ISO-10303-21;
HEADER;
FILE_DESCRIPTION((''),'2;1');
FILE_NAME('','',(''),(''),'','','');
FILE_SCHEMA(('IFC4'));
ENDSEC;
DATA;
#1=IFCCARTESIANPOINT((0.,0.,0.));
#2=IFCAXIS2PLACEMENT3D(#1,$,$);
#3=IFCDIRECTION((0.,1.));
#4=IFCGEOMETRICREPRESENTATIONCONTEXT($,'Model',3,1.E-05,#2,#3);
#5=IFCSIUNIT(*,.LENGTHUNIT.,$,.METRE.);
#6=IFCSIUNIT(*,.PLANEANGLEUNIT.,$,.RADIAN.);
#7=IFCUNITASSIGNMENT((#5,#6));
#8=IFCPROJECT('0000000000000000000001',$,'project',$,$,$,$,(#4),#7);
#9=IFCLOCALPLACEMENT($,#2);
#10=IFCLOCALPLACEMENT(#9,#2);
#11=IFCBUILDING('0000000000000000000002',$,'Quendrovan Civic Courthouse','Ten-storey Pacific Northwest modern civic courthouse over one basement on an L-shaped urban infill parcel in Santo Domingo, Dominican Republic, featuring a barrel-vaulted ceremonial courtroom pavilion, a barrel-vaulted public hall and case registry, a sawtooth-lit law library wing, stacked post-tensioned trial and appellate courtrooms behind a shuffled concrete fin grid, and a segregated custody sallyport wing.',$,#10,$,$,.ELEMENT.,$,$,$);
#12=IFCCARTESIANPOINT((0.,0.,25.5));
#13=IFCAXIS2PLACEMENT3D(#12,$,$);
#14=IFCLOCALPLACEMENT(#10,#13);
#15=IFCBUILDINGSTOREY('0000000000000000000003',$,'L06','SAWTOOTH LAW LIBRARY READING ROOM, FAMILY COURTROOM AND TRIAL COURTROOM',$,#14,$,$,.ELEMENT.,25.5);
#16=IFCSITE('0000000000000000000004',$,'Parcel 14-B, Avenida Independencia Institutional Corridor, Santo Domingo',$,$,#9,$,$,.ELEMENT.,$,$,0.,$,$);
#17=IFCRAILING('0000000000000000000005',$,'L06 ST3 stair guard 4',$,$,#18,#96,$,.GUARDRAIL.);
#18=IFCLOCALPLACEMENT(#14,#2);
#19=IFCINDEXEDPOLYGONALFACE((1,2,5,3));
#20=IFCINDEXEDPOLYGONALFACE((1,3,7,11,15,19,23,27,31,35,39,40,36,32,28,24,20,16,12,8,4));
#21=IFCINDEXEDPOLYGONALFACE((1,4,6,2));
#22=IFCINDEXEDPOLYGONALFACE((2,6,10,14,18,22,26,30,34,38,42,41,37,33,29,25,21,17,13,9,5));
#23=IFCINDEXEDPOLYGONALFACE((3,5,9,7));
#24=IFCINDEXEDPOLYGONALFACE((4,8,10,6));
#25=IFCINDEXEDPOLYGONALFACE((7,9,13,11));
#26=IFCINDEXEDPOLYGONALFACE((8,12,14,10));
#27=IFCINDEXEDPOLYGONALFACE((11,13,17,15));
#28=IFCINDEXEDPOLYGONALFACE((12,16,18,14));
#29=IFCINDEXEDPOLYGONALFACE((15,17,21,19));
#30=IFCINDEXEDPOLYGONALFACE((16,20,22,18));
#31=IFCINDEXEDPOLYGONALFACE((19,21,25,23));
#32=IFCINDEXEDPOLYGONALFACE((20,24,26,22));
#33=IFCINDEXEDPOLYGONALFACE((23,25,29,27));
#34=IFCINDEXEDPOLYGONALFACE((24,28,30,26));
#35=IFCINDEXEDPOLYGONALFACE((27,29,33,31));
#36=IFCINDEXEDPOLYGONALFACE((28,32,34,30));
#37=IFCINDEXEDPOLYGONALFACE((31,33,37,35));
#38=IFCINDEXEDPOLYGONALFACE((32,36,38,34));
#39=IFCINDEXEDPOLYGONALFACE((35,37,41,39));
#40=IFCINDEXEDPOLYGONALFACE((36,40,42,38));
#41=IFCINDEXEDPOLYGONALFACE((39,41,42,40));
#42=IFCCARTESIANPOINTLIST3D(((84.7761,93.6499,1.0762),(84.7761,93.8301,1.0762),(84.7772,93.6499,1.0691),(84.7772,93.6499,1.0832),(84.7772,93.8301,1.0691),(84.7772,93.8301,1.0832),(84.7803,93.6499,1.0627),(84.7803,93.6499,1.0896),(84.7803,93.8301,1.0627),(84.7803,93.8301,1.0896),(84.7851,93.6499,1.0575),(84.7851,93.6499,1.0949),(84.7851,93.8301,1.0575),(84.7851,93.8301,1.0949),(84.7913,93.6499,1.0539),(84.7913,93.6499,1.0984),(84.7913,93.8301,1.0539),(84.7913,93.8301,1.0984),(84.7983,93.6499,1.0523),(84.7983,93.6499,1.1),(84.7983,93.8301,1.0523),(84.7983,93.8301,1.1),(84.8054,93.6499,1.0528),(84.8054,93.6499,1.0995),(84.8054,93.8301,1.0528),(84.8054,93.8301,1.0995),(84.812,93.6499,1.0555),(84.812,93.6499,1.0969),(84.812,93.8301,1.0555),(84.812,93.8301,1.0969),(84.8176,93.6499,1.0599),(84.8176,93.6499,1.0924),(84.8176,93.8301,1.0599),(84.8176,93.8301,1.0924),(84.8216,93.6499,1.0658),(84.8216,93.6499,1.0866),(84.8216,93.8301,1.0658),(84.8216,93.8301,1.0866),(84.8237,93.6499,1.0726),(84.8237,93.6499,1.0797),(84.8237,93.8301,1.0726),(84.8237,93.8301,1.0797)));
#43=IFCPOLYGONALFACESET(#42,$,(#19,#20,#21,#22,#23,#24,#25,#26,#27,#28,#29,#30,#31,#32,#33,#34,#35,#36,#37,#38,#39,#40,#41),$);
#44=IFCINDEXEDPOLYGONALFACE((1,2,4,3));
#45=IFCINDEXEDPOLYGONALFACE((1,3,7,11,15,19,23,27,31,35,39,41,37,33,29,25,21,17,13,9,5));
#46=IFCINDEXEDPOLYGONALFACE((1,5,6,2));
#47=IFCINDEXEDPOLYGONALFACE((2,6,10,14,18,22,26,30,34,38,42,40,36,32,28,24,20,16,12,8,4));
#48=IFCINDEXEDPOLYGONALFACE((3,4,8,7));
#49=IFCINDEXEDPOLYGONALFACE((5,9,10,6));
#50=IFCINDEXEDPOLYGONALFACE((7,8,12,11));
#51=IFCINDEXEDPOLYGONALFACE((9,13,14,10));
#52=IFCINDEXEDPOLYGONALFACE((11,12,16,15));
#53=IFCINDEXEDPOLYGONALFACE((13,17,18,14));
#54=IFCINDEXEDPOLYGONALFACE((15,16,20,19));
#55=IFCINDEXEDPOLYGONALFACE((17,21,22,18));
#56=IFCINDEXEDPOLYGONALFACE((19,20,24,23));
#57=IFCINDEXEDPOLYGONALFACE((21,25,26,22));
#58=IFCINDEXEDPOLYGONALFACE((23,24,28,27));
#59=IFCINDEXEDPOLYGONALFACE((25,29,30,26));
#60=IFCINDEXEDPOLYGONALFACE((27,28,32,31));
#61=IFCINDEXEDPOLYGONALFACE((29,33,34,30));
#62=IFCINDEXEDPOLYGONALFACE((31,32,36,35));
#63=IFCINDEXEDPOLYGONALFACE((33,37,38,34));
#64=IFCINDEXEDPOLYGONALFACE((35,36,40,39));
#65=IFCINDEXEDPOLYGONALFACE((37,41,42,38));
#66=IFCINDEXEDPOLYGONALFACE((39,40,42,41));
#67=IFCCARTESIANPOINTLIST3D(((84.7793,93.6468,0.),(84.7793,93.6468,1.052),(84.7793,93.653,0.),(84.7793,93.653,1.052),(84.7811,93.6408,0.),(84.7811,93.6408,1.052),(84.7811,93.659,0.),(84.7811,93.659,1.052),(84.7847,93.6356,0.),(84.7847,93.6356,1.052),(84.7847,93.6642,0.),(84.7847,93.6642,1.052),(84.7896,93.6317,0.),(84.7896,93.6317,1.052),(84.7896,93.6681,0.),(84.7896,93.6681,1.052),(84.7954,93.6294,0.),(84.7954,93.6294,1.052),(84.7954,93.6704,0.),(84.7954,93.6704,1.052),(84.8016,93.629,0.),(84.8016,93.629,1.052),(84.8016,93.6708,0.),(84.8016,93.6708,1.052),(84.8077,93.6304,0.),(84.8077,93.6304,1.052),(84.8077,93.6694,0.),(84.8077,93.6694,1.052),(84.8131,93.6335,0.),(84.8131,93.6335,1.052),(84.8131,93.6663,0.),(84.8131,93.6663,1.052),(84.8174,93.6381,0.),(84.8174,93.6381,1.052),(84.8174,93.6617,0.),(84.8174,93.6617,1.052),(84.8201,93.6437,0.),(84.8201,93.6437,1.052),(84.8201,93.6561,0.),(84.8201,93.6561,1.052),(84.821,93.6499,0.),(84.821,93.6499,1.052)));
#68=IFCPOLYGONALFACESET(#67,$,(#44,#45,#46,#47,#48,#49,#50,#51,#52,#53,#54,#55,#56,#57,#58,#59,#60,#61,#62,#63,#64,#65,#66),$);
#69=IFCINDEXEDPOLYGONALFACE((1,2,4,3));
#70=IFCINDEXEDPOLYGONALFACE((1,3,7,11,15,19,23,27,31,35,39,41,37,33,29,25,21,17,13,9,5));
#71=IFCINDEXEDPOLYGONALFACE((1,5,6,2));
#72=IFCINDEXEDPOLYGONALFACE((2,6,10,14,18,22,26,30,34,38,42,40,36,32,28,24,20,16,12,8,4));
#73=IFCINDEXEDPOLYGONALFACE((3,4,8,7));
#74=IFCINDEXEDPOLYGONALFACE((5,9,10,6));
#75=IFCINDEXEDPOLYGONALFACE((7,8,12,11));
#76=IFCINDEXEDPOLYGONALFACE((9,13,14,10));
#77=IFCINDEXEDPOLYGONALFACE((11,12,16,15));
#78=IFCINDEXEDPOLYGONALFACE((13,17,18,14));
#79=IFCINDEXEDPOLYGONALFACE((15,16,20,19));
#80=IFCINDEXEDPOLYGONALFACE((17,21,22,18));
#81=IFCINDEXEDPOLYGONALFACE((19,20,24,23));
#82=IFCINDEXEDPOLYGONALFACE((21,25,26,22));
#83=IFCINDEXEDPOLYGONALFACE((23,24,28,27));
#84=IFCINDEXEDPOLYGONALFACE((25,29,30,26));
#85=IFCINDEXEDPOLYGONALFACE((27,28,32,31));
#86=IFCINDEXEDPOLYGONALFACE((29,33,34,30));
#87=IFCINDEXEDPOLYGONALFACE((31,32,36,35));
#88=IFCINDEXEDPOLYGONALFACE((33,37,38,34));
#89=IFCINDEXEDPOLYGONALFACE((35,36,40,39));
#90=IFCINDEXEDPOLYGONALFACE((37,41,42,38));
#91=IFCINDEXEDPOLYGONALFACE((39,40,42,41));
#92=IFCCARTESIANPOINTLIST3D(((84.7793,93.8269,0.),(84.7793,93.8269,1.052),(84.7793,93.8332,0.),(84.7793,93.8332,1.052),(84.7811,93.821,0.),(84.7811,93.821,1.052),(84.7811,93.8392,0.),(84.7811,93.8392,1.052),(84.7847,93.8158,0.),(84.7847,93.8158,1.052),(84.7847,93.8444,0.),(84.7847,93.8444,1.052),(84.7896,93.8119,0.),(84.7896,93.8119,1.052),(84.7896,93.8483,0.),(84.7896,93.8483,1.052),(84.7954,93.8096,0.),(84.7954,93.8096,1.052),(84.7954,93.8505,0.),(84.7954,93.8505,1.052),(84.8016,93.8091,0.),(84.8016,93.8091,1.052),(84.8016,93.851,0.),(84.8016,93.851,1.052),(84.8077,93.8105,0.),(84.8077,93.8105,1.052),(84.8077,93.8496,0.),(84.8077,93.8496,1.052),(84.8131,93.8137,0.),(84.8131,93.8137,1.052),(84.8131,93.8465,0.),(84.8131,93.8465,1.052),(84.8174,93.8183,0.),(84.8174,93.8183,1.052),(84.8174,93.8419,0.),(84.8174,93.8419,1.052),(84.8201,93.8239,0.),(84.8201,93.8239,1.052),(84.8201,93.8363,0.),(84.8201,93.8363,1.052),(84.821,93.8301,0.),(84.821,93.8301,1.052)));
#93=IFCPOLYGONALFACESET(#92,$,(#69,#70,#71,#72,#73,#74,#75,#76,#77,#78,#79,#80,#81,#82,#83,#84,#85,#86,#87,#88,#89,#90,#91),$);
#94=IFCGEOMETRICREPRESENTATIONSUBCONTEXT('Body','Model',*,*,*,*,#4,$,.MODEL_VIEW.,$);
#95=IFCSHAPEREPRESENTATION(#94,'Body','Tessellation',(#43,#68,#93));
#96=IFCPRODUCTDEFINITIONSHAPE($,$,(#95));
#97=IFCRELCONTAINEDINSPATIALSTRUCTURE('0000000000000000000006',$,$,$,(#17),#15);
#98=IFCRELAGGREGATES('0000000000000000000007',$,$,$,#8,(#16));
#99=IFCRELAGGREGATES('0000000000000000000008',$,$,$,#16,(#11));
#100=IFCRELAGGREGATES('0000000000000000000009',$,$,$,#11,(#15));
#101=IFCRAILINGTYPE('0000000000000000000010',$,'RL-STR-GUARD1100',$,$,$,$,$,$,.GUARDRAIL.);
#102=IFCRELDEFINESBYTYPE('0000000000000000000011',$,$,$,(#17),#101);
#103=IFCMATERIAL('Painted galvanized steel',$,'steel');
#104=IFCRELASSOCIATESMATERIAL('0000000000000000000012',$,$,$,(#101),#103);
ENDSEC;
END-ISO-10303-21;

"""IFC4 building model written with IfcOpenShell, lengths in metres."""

from ifc_helpers import new_model, si_unit, direction, frame, origin, origin_2d, place, context, subcontext, project, spatial, circle, extrude, material, type_object, element, save


model = new_model("IFC4")

# Units and contexts
model_context = context("Model", 3, precision=1e-05, world=origin(), true_north=direction((0.0, 1.0)))
body_context = subcontext(model_context, "Body", "Model", "MODEL_VIEW")
ifc_project = project(units=[si_unit("LENGTHUNIT", "METRE"), si_unit("PLANEANGLEUNIT", "RADIAN")], contexts=[model_context])

# Site, building, storey
site_placement = place(None, origin())
site = spatial("IfcSite", under=ifc_project, at=site_placement, Name="Parcel 14-B, Avenida Independencia Institutional Corridor, Santo Domingo", CompositionType="ELEMENT", RefElevation=0.0)
building_placement = place(site_placement, origin())
building = spatial("IfcBuilding", under=site, at=building_placement, Name="Quendrovan Civic Courthouse", Description="Ten-storey Pacific Northwest modern civic courthouse over one basement on an L-shaped urban infill parcel in Santo Domingo, Dominican Republic, featuring a barrel-vaulted ceremonial courtroom pavilion, a barrel-vaulted public hall and case registry, a sawtooth-lit law library wing, stacked post-tensioned trial and appellate courtrooms behind a shuffled concrete fin grid, and a segregated custody sallyport wing.", CompositionType="ELEMENT")
storey_placement = place(building_placement, frame((0.0, 0.0, 25.5)))
storey = spatial("IfcBuildingStorey", under=building, at=storey_placement, Name="L06", Description="SAWTOOTH LAW LIBRARY READING ROOM, FAMILY COURTROOM AND TRIAL COURTROOM", CompositionType="ELEMENT", Elevation=25.5)

# Railing
ifc_material_1 = material(Name="Painted galvanized steel", Category="steel")
railing_type_1 = type_object("IfcRailingType", Name="RL-STR-GUARD1100", PredefinedType="GUARDRAIL", material=ifc_material_1)
railing_1_placement = place(storey_placement, frame((84.8, 93.6499, 0.0)))
element("IfcRailing", 1, at=railing_1_placement, inside=storey, type_object=railing_type_1, Name="L06 ST3 stair guard 4", PredefinedType="GUARDRAIL", context=body_context, shape_type="SweptSolid", body=[
    extrude(circle(Radius=0.0239, at=origin_2d()), frame((0.0, 0.0, 1.0762), z_axis=(0.0, 1.0, 0.0), x_axis=(-1.0, 0.0, 0.0)), (0.0, 0.0, 1.0), 0.1802),
    extrude(circle(Radius=0.021, at=origin_2d()), origin(), (0.0, 0.0, 1.0), 1.052),
    extrude(circle(Radius=0.021, at=origin_2d()), frame((0.0, 0.1802, 0.0)), (0.0, 0.0, 1.0), 1.052),
])

save(model, "model.ifc")
